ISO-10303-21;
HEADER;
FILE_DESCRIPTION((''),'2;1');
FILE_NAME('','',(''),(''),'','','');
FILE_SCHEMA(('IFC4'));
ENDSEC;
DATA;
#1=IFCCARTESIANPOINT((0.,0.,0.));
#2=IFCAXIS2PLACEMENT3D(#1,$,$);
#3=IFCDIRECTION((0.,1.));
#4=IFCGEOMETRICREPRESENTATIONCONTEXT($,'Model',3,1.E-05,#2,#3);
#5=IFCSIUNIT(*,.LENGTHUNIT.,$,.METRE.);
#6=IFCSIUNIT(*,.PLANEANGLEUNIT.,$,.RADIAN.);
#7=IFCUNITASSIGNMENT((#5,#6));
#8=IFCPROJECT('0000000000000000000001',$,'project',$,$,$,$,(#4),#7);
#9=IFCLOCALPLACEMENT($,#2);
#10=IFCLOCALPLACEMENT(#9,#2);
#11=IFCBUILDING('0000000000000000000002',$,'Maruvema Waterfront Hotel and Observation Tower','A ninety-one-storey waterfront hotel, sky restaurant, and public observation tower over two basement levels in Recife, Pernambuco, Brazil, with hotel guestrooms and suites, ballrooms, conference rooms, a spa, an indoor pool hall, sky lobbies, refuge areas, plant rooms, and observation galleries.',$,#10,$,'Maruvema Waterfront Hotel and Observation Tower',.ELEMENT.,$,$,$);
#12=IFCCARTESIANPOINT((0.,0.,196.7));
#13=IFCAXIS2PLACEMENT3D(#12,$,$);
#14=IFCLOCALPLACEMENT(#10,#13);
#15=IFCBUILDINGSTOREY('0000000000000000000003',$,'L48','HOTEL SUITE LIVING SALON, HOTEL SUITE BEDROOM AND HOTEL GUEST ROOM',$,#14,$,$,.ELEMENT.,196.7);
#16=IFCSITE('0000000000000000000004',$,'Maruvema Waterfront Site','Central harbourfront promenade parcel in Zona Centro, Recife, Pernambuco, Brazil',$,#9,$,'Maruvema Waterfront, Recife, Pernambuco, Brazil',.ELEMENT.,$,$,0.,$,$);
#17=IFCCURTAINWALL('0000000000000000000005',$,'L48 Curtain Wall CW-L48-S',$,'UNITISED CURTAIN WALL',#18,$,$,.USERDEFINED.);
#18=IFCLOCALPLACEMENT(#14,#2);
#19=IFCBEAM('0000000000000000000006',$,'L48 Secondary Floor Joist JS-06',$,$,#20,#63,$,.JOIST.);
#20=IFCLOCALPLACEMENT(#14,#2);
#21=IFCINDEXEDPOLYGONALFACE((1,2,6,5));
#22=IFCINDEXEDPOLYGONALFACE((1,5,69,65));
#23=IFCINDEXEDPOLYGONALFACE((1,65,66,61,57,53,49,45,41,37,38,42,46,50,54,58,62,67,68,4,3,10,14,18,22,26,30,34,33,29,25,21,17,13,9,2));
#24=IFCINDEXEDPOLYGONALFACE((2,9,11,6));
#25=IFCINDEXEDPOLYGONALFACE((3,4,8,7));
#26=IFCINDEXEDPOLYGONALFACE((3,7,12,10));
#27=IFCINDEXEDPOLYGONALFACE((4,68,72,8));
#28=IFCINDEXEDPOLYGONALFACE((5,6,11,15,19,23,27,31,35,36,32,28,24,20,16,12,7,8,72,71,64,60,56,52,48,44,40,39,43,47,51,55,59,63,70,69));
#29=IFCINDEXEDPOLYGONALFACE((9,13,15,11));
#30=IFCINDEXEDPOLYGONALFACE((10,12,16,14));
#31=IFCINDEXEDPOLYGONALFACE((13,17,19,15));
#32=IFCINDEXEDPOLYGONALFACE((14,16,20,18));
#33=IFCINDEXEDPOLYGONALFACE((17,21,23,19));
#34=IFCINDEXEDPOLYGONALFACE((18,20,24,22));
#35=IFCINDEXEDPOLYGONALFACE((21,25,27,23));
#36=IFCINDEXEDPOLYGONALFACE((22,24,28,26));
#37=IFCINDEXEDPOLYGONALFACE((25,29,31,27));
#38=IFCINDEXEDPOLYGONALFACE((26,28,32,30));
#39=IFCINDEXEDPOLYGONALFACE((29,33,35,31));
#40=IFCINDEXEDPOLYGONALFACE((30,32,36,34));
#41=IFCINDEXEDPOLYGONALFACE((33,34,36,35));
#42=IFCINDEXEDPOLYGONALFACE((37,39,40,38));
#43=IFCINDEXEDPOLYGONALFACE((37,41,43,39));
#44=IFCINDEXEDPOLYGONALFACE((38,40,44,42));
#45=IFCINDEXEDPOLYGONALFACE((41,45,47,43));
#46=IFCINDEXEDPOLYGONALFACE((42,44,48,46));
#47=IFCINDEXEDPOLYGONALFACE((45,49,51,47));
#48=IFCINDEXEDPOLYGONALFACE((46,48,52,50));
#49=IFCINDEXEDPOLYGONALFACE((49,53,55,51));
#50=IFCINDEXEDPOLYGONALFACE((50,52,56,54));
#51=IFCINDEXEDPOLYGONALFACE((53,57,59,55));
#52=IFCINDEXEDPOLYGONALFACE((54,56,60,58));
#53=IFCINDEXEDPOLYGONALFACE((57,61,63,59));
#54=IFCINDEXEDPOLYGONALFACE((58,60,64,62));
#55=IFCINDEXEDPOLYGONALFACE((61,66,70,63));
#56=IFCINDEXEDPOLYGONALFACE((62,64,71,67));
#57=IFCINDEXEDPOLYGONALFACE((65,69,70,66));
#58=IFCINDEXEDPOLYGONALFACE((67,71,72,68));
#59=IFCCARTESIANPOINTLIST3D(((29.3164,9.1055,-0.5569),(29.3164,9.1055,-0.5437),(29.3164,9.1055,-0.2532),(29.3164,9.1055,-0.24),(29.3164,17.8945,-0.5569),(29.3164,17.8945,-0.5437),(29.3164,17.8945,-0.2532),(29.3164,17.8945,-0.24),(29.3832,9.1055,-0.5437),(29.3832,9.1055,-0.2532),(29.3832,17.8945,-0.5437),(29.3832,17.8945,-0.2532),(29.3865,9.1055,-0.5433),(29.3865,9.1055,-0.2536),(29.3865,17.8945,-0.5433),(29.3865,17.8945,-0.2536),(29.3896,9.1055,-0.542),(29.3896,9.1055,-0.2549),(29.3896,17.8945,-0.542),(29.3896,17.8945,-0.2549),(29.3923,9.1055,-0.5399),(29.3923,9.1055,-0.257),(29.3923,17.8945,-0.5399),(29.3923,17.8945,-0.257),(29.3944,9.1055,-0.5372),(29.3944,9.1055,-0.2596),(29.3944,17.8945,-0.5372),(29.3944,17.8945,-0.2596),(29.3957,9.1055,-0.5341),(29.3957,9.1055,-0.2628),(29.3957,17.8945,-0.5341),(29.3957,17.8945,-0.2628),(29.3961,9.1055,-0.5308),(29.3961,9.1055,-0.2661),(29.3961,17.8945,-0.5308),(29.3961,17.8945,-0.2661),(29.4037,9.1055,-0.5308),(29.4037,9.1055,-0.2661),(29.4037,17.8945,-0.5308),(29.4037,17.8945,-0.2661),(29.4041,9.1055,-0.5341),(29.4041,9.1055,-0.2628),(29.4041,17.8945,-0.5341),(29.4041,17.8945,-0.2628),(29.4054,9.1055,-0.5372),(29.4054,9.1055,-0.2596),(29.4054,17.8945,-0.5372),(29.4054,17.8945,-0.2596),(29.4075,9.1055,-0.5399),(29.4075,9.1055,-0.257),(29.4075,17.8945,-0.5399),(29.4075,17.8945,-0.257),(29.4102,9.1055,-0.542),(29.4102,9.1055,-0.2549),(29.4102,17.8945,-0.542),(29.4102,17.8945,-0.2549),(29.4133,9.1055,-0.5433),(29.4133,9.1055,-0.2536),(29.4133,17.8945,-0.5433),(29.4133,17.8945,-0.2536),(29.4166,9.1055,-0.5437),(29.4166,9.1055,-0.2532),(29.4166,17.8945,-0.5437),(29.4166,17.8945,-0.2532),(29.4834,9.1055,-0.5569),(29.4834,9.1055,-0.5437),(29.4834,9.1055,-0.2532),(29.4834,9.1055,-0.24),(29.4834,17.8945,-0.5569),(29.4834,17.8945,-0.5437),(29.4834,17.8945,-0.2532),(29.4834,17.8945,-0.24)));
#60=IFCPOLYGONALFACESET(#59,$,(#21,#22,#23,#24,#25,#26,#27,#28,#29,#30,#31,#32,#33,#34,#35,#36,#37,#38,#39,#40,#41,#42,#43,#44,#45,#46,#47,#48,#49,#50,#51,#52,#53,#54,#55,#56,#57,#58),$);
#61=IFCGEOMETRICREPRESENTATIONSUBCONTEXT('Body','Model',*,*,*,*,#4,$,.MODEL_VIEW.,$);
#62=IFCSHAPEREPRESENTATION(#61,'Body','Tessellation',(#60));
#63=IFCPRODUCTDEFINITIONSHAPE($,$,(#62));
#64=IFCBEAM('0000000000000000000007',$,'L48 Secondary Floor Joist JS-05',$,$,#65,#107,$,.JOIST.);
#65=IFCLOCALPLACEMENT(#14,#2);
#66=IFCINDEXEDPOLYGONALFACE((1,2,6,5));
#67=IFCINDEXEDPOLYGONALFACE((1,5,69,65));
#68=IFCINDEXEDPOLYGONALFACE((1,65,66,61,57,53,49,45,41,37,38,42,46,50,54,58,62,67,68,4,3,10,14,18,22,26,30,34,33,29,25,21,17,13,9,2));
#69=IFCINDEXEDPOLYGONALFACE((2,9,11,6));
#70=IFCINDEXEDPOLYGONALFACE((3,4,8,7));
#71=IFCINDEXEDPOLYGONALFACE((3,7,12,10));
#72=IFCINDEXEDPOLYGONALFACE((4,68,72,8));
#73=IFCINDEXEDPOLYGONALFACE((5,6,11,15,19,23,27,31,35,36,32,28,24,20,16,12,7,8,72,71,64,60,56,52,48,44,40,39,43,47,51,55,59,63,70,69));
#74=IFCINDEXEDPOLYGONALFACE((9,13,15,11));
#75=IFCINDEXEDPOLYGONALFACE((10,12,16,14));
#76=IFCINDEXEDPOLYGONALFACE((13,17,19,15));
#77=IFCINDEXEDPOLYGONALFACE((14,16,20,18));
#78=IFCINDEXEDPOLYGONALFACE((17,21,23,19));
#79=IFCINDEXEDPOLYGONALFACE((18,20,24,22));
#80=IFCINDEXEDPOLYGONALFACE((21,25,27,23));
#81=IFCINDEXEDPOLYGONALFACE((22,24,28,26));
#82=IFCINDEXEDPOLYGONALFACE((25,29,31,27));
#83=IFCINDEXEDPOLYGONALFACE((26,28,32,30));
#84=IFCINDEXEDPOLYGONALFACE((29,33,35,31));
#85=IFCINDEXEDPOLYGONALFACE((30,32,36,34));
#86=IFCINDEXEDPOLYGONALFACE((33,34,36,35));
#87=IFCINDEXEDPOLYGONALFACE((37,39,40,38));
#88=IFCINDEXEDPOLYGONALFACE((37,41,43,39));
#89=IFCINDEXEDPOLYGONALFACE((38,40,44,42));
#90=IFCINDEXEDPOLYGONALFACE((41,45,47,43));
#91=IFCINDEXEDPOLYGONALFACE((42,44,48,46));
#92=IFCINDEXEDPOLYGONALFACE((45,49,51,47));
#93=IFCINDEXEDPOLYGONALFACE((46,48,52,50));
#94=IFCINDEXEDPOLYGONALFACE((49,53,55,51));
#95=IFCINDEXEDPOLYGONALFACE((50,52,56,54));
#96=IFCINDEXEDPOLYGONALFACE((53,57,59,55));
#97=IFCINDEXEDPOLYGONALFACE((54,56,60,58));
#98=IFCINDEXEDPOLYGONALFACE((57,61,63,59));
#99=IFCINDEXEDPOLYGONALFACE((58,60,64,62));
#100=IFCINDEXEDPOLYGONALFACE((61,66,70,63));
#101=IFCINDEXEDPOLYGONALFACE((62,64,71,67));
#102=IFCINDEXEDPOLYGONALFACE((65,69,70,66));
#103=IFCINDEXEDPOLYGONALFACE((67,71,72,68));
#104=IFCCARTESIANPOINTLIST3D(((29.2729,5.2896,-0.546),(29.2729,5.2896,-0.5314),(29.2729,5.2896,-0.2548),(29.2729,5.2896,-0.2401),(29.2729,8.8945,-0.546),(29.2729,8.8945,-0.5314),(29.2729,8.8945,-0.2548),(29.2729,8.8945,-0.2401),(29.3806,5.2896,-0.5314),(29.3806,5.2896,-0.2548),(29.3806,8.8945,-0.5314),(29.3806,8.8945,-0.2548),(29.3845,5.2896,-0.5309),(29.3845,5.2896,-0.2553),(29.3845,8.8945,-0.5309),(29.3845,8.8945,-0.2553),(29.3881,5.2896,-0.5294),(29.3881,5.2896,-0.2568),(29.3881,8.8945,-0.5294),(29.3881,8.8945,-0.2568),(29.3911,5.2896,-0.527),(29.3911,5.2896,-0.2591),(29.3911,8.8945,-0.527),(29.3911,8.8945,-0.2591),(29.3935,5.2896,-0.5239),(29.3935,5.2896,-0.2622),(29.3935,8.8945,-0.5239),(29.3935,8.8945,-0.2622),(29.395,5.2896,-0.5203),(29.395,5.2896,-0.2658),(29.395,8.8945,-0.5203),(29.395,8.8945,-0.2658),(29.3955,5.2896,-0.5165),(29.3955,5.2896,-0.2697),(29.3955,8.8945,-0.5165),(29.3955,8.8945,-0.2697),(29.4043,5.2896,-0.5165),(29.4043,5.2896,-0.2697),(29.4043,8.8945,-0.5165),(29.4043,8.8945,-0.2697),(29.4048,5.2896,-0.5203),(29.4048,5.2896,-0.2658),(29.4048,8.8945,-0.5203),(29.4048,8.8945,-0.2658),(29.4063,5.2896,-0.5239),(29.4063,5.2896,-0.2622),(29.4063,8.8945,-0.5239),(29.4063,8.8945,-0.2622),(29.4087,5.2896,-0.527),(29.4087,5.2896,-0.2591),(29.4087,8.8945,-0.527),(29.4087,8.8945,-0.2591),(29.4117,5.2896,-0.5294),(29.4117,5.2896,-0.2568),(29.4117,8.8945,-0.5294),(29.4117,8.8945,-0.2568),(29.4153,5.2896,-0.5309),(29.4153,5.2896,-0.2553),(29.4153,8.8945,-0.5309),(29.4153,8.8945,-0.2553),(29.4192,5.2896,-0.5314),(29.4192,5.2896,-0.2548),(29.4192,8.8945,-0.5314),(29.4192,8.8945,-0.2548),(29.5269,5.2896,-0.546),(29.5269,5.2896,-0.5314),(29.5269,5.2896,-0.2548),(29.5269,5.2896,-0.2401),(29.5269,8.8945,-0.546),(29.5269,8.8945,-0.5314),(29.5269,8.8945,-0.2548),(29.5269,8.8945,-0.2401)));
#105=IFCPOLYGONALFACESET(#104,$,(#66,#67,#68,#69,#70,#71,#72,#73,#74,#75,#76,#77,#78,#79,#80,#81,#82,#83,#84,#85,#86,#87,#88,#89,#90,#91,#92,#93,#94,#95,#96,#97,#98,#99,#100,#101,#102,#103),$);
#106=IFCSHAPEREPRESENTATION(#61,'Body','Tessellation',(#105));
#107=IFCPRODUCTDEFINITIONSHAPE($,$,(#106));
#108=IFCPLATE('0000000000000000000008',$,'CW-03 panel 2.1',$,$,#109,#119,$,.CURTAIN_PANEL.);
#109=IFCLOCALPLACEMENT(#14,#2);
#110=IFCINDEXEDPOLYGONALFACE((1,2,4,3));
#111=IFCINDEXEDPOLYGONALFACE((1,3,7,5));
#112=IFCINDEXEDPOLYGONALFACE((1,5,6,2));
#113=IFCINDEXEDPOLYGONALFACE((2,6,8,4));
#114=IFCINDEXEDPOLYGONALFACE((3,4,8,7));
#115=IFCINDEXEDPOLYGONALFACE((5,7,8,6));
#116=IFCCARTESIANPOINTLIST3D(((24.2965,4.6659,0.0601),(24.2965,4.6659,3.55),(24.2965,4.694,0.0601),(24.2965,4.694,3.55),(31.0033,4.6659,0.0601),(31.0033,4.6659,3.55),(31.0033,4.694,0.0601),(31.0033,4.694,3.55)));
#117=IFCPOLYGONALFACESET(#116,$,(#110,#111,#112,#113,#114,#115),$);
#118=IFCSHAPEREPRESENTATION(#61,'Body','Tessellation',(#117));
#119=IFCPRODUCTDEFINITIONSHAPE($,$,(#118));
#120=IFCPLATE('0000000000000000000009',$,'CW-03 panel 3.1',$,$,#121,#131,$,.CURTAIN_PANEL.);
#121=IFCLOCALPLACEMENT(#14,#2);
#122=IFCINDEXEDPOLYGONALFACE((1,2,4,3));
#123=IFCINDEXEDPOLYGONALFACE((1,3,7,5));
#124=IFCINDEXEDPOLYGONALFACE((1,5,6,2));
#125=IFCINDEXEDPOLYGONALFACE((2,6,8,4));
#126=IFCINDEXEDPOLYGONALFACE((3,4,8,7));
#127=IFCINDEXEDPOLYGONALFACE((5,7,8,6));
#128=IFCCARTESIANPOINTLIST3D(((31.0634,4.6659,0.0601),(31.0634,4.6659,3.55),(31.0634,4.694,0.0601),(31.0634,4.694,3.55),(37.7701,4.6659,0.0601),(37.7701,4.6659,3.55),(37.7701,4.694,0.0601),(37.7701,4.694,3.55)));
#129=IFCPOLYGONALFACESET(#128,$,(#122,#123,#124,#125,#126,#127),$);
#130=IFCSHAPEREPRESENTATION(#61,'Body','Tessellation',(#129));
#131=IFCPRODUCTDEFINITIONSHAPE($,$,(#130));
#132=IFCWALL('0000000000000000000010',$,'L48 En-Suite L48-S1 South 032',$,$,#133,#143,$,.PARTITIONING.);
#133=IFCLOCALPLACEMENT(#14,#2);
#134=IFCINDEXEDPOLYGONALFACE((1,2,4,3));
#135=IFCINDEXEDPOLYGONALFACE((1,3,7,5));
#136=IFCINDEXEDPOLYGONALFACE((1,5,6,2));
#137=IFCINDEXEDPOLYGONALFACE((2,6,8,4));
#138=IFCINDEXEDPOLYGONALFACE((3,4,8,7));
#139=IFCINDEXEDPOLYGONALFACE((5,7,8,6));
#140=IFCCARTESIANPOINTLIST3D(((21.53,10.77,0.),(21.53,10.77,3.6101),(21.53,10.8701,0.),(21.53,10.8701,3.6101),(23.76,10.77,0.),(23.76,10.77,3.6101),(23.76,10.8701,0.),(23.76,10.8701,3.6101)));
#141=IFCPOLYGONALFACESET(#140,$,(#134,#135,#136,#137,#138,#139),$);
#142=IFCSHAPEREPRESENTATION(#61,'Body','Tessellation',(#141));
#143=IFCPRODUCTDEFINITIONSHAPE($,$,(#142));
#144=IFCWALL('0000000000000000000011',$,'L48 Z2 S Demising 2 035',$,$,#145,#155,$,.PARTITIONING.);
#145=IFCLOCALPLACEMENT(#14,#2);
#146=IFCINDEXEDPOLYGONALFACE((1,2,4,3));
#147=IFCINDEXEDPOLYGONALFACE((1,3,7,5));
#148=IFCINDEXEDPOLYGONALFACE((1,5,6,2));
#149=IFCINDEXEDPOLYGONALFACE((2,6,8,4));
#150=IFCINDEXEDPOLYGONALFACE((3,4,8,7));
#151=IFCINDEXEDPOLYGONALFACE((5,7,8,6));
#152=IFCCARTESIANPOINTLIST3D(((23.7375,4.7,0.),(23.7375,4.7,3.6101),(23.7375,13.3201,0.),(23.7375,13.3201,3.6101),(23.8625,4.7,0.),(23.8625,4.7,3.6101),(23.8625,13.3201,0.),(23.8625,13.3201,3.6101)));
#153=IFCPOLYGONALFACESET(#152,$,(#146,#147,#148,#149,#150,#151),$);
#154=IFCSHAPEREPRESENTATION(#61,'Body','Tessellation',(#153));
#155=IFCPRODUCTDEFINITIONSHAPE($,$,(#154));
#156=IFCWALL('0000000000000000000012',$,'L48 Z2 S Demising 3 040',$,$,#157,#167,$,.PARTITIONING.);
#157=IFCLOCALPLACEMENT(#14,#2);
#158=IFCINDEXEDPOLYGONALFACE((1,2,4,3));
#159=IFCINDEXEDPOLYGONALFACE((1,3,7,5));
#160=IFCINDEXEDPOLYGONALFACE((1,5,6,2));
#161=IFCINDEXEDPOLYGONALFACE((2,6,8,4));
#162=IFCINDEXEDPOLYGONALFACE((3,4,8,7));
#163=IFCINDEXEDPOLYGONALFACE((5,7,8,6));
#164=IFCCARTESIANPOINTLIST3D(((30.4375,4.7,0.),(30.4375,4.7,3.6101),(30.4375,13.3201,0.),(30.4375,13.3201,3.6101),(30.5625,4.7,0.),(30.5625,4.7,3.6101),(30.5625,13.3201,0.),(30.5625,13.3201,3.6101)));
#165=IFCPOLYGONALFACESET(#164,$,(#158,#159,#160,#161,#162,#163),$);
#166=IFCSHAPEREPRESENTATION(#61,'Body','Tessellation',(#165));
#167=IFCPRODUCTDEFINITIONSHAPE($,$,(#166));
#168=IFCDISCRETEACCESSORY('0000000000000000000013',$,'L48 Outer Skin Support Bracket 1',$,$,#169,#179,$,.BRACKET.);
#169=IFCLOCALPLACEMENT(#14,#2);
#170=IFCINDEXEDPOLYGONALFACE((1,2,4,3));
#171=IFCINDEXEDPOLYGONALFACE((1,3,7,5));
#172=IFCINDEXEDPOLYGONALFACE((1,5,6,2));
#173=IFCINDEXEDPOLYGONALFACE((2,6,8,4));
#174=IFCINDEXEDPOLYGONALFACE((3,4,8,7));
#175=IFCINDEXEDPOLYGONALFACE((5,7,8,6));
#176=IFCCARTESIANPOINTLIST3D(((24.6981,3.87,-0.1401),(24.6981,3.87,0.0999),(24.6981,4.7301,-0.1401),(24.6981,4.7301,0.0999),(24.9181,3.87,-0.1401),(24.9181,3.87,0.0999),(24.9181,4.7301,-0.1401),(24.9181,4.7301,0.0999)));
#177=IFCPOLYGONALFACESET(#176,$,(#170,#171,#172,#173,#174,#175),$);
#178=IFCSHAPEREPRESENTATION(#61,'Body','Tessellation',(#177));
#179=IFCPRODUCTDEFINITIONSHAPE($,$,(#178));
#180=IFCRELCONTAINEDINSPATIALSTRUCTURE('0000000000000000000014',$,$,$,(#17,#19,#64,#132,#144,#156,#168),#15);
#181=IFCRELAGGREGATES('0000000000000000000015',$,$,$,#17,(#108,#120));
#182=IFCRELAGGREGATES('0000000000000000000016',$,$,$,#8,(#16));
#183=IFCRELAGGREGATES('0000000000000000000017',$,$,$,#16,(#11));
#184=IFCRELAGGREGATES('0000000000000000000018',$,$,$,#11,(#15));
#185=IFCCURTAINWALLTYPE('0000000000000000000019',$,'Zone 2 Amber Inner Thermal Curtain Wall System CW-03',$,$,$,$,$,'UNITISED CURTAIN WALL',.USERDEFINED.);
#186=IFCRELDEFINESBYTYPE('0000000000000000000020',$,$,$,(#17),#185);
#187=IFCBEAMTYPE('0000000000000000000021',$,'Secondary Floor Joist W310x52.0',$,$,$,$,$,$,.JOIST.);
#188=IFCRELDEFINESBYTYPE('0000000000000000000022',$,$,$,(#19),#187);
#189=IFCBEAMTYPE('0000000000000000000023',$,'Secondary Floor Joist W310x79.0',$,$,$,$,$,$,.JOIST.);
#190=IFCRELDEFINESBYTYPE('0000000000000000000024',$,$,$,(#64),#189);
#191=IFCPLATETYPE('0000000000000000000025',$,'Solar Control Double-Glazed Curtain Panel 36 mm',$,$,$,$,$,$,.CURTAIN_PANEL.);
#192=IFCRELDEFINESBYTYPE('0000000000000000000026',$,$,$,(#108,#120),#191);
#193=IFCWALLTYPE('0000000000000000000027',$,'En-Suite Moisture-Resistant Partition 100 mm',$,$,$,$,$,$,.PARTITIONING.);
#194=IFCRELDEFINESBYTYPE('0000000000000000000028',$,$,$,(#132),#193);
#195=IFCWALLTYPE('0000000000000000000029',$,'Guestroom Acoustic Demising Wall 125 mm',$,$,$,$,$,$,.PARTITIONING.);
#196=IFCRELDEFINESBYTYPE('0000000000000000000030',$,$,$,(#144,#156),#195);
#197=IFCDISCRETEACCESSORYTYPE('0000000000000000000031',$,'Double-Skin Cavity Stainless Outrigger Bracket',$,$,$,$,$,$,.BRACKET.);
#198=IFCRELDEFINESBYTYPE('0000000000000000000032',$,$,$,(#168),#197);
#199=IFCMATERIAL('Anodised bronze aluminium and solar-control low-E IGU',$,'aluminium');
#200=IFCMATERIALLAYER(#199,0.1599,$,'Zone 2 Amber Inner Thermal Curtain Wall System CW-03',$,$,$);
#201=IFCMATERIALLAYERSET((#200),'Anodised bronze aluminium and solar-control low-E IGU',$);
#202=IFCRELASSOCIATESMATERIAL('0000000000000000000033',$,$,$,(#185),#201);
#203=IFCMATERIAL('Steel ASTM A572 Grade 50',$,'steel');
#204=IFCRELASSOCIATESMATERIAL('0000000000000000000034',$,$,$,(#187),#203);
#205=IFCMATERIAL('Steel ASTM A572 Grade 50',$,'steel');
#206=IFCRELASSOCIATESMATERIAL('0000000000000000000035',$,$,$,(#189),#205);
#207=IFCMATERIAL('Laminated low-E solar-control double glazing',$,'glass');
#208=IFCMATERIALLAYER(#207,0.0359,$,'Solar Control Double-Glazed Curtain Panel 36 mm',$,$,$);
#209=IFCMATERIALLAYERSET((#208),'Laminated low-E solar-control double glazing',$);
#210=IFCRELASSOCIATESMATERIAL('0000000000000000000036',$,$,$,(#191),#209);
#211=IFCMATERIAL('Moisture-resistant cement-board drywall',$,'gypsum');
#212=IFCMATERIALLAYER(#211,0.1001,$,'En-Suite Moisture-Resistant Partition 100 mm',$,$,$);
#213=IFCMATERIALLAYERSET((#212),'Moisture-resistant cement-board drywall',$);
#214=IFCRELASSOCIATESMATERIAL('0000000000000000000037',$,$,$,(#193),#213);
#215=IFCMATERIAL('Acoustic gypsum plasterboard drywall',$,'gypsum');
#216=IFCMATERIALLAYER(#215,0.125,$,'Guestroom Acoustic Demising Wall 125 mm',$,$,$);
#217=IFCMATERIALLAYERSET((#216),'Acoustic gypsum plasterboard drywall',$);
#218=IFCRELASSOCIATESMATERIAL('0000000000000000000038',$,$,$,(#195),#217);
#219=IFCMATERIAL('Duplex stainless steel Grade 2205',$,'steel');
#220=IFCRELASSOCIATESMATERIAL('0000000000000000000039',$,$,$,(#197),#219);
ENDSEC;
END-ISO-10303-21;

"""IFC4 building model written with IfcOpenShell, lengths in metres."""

from ifc_helpers import new_model, si_unit, direction, frame, frame_2d, origin, origin_2d, place, context, subcontext, project, spatial, rectangle, i_section, extrude, material, layer, layer_set, material_profile, profile_set, type_object, element, aggregate, save


model = new_model("IFC4")

# Units and contexts
model_context = context("Model", 3, precision=1e-05, world=origin(), true_north=direction((0.0, 1.0)))
body_context = subcontext(model_context, "Body", "Model", "MODEL_VIEW")
ifc_project = project(units=[si_unit("LENGTHUNIT", "METRE"), si_unit("PLANEANGLEUNIT", "RADIAN")], contexts=[model_context])

# Site, building, storey
site_placement = place(None, origin())
site = spatial("IfcSite", under=ifc_project, at=site_placement, Name="Maruvema Waterfront Site", Description="Central harbourfront promenade parcel in Zona Centro, Recife, Pernambuco, Brazil", LongName="Maruvema Waterfront, Recife, Pernambuco, Brazil", CompositionType="ELEMENT", RefElevation=0.0)
building_placement = place(site_placement, origin())
building = spatial("IfcBuilding", under=site, at=building_placement, Name="Maruvema Waterfront Hotel and Observation Tower", Description="A ninety-one-storey waterfront hotel, sky restaurant, and public observation tower over two basement levels in Recife, Pernambuco, Brazil, with hotel guestrooms and suites, ballrooms, conference rooms, a spa, an indoor pool hall, sky lobbies, refuge areas, plant rooms, and observation galleries.", LongName="Maruvema Waterfront Hotel and Observation Tower", CompositionType="ELEMENT")
storey_placement = place(building_placement, frame((0.0, 0.0, 196.7)))
storey = spatial("IfcBuildingStorey", under=building, at=storey_placement, Name="L48", Description="HOTEL SUITE LIVING SALON, HOTEL SUITE BEDROOM AND HOTEL GUEST ROOM", CompositionType="ELEMENT", Elevation=196.7)

# Curtain wall
ifc_material_1 = material(Name="Anodised bronze aluminium and solar-control low-E IGU", Category="aluminium")
ifc_layer_1 = layer(ifc_material_1, 0.1599, Name="Zone 2 Amber Inner Thermal Curtain Wall System CW-03")
ifc_layer_set_1 = layer_set([ifc_layer_1], Name="Anodised bronze aluminium and solar-control low-E IGU")
curtain_wall_type = type_object("IfcCurtainWallType", Name="Zone 2 Amber Inner Thermal Curtain Wall System CW-03", ElementType="UNITISED CURTAIN WALL", PredefinedType="USERDEFINED", material=ifc_layer_set_1)
curtain_wall_placement = place(storey_placement, origin())
curtain_wall = element("IfcCurtainWall", 1, at=curtain_wall_placement, inside=storey, type_object=curtain_wall_type, Name="L48 Curtain Wall CW-L48-S", ObjectType="UNITISED CURTAIN WALL", PredefinedType="USERDEFINED")

# Beams
ifc_material_2 = material(Name="Steel ASTM A572 Grade 50", Category="steel")
ifc_material_profile_1 = material_profile(ifc_material_2, i_section(OverallWidth=0.167, OverallDepth=0.3169, WebThickness=0.0076, FlangeThickness=0.0132, FilletRadius=0.0129, at=origin_2d()), Name="W310x52.0")
ifc_profile_set_1 = profile_set([ifc_material_profile_1], Name="Steel ASTM A572 Grade 50")
beam_type_1 = type_object("IfcBeamType", Name="Secondary Floor Joist W310x52.0", PredefinedType="JOIST", material=ifc_profile_set_1)
beam_1_placement = place(storey_placement, frame((29.3999, 9.1055, -0.3984), z_axis=(0.0, 1.0, 0.0), x_axis=(-1.0, 0.0, 0.0)))
element("IfcBeam", 2, at=beam_1_placement, inside=storey, type_object=beam_type_1, Name="L48 Secondary Floor Joist JS-06", PredefinedType="JOIST", context=body_context, shape_type="SweptSolid", body=[
    extrude(i_section(OverallWidth=0.167, OverallDepth=0.3169, WebThickness=0.0076, FlangeThickness=0.0132, FilletRadius=0.0129, at=origin_2d()), origin(), (0.0, 0.0, 1.0), 8.7891),
])
ifc_material_3 = material(Name="Steel ASTM A572 Grade 50", Category="steel")
ifc_material_profile_2 = material_profile(ifc_material_3, i_section(OverallWidth=0.2539, OverallDepth=0.3059, WebThickness=0.0088, FlangeThickness=0.0146, FilletRadius=0.0149, at=origin_2d()), Name="W310x79.0")
ifc_profile_set_2 = profile_set([ifc_material_profile_2], Name="Steel ASTM A572 Grade 50")
beam_type_2 = type_object("IfcBeamType", Name="Secondary Floor Joist W310x79.0", PredefinedType="JOIST", material=ifc_profile_set_2)
beam_2_placement = place(storey_placement, frame((29.3999, 5.2896, -0.3931), z_axis=(0.0, 1.0, 0.0), x_axis=(-1.0, 0.0, 0.0)))
element("IfcBeam", 3, at=beam_2_placement, inside=storey, type_object=beam_type_2, Name="L48 Secondary Floor Joist JS-05", PredefinedType="JOIST", context=body_context, shape_type="SweptSolid", body=[
    extrude(i_section(OverallWidth=0.2539, OverallDepth=0.3059, WebThickness=0.0088, FlangeThickness=0.0146, FilletRadius=0.0149, at=origin_2d()), origin(), (0.0, 0.0, 1.0), 3.605),
])

# Plates
ifc_material_4 = material(Name="Laminated low-E solar-control double glazing", Category="glass")
ifc_layer_2 = layer(ifc_material_4, 0.0359, Name="Solar Control Double-Glazed Curtain Panel 36 mm")
ifc_layer_set_2 = layer_set([ifc_layer_2], Name="Laminated low-E solar-control double glazing")
plate_type = type_object("IfcPlateType", Name="Solar Control Double-Glazed Curtain Panel 36 mm", PredefinedType="CURTAIN_PANEL", material=ifc_layer_set_2)
plate_1_placement = place(storey_placement, frame((27.6499, 4.6799, 0.0601), z_axis=(0.0, 0.0, 1.0), x_axis=(1.0, 0.0, 0.0)))
plate_1 = element("IfcPlate", 4, at=plate_1_placement, type_object=plate_type, Name="CW-03 panel 2.1", PredefinedType="CURTAIN_PANEL", context=body_context, shape_type="SweptSolid", body=[
    extrude(rectangle(XDim=6.7068, YDim=0.0281, at=origin_2d()), origin(), (0.0, 0.0, 1.0), 3.49),
])
plate_2_placement = place(storey_placement, frame((34.4167, 4.6799, 0.0601), z_axis=(0.0, 0.0, 1.0), x_axis=(1.0, 0.0, 0.0)))
plate_2 = element("IfcPlate", 5, at=plate_2_placement, type_object=plate_type, Name="CW-03 panel 3.1", PredefinedType="CURTAIN_PANEL", context=body_context, shape_type="SweptSolid", body=[
    extrude(rectangle(XDim=6.7068, YDim=0.0281, at=origin_2d()), origin(), (0.0, 0.0, 1.0), 3.49),
])
aggregate(curtain_wall, [plate_1, plate_2])

# Walls
ifc_material_5 = material(Name="Moisture-resistant cement-board drywall", Category="gypsum")
ifc_layer_3 = layer(ifc_material_5, 0.1001, Name="En-Suite Moisture-Resistant Partition 100 mm")
ifc_layer_set_3 = layer_set([ifc_layer_3], Name="Moisture-resistant cement-board drywall")
wall_type_1 = type_object("IfcWallType", Name="En-Suite Moisture-Resistant Partition 100 mm", PredefinedType="PARTITIONING", material=ifc_layer_set_3)
wall_placement = place(storey_placement, frame((21.53, 10.8201, 0.0), z_axis=(0.0, 0.0, 1.0), x_axis=(1.0, 0.0, 0.0)))
element("IfcWall", 6, at=wall_placement, inside=storey, type_object=wall_type_1, Name="L48 En-Suite L48-S1 South 032", PredefinedType="PARTITIONING", context=body_context, shape_type="SweptSolid", body=[
    extrude(rectangle(XDim=2.23, YDim=0.1001, at=frame_2d((1.115, 0.0))), origin(), (0.0, 0.0, 1.0), 3.6101),
])
ifc_material_6 = material(Name="Acoustic gypsum plasterboard drywall", Category="gypsum")
ifc_layer_4 = layer(ifc_material_6, 0.125, Name="Guestroom Acoustic Demising Wall 125 mm")
ifc_layer_set_4 = layer_set([ifc_layer_4], Name="Acoustic gypsum plasterboard drywall")
wall_type_2 = type_object("IfcWallType", Name="Guestroom Acoustic Demising Wall 125 mm", PredefinedType="PARTITIONING", material=ifc_layer_set_4)
for number, where, z_axis, x_axis, name in (
    (7, (23.8, 4.7, 0.0), (0.0, 0.0, 1.0), (0.0, 1.0, 0.0), "L48 Z2 S Demising 2 035"),
    (8, (30.5, 4.7, 0.0), (0.0, 0.0, 1.0), (0.0, 1.0, 0.0), "L48 Z2 S Demising 3 040"),
):
    element("IfcWall", number, at=place(storey_placement, frame(where, z_axis=z_axis, x_axis=x_axis)), inside=storey, type_object=wall_type_2, Name=name, PredefinedType="PARTITIONING", context=body_context, shape_type="SweptSolid", body=[
        extrude(rectangle(XDim=8.6201, YDim=0.125, at=frame_2d((4.3101, 0.0))), origin(), (0.0, 0.0, 1.0), 3.6101),
    ])

# Discrete accessory
ifc_material_7 = material(Name="Duplex stainless steel Grade 2205", Category="steel")
discrete_accessory_type = type_object("IfcDiscreteAccessoryType", Name="Double-Skin Cavity Stainless Outrigger Bracket", PredefinedType="BRACKET", material=ifc_material_7)
discrete_accessory_placement = place(storey_placement, frame((24.8081, 4.3, -0.1401), z_axis=(0.0, 0.0, 1.0), x_axis=(1.0, 0.0, 0.0)))
element("IfcDiscreteAccessory", 9, at=discrete_accessory_placement, inside=storey, type_object=discrete_accessory_type, Name="L48 Outer Skin Support Bracket 1", PredefinedType="BRACKET", context=body_context, shape_type="SweptSolid", body=[
    extrude(rectangle(XDim=0.22, YDim=0.8601, at=origin_2d()), origin(), (0.0, 0.0, 1.0), 0.24),
])

save(model, "model.ifc")
